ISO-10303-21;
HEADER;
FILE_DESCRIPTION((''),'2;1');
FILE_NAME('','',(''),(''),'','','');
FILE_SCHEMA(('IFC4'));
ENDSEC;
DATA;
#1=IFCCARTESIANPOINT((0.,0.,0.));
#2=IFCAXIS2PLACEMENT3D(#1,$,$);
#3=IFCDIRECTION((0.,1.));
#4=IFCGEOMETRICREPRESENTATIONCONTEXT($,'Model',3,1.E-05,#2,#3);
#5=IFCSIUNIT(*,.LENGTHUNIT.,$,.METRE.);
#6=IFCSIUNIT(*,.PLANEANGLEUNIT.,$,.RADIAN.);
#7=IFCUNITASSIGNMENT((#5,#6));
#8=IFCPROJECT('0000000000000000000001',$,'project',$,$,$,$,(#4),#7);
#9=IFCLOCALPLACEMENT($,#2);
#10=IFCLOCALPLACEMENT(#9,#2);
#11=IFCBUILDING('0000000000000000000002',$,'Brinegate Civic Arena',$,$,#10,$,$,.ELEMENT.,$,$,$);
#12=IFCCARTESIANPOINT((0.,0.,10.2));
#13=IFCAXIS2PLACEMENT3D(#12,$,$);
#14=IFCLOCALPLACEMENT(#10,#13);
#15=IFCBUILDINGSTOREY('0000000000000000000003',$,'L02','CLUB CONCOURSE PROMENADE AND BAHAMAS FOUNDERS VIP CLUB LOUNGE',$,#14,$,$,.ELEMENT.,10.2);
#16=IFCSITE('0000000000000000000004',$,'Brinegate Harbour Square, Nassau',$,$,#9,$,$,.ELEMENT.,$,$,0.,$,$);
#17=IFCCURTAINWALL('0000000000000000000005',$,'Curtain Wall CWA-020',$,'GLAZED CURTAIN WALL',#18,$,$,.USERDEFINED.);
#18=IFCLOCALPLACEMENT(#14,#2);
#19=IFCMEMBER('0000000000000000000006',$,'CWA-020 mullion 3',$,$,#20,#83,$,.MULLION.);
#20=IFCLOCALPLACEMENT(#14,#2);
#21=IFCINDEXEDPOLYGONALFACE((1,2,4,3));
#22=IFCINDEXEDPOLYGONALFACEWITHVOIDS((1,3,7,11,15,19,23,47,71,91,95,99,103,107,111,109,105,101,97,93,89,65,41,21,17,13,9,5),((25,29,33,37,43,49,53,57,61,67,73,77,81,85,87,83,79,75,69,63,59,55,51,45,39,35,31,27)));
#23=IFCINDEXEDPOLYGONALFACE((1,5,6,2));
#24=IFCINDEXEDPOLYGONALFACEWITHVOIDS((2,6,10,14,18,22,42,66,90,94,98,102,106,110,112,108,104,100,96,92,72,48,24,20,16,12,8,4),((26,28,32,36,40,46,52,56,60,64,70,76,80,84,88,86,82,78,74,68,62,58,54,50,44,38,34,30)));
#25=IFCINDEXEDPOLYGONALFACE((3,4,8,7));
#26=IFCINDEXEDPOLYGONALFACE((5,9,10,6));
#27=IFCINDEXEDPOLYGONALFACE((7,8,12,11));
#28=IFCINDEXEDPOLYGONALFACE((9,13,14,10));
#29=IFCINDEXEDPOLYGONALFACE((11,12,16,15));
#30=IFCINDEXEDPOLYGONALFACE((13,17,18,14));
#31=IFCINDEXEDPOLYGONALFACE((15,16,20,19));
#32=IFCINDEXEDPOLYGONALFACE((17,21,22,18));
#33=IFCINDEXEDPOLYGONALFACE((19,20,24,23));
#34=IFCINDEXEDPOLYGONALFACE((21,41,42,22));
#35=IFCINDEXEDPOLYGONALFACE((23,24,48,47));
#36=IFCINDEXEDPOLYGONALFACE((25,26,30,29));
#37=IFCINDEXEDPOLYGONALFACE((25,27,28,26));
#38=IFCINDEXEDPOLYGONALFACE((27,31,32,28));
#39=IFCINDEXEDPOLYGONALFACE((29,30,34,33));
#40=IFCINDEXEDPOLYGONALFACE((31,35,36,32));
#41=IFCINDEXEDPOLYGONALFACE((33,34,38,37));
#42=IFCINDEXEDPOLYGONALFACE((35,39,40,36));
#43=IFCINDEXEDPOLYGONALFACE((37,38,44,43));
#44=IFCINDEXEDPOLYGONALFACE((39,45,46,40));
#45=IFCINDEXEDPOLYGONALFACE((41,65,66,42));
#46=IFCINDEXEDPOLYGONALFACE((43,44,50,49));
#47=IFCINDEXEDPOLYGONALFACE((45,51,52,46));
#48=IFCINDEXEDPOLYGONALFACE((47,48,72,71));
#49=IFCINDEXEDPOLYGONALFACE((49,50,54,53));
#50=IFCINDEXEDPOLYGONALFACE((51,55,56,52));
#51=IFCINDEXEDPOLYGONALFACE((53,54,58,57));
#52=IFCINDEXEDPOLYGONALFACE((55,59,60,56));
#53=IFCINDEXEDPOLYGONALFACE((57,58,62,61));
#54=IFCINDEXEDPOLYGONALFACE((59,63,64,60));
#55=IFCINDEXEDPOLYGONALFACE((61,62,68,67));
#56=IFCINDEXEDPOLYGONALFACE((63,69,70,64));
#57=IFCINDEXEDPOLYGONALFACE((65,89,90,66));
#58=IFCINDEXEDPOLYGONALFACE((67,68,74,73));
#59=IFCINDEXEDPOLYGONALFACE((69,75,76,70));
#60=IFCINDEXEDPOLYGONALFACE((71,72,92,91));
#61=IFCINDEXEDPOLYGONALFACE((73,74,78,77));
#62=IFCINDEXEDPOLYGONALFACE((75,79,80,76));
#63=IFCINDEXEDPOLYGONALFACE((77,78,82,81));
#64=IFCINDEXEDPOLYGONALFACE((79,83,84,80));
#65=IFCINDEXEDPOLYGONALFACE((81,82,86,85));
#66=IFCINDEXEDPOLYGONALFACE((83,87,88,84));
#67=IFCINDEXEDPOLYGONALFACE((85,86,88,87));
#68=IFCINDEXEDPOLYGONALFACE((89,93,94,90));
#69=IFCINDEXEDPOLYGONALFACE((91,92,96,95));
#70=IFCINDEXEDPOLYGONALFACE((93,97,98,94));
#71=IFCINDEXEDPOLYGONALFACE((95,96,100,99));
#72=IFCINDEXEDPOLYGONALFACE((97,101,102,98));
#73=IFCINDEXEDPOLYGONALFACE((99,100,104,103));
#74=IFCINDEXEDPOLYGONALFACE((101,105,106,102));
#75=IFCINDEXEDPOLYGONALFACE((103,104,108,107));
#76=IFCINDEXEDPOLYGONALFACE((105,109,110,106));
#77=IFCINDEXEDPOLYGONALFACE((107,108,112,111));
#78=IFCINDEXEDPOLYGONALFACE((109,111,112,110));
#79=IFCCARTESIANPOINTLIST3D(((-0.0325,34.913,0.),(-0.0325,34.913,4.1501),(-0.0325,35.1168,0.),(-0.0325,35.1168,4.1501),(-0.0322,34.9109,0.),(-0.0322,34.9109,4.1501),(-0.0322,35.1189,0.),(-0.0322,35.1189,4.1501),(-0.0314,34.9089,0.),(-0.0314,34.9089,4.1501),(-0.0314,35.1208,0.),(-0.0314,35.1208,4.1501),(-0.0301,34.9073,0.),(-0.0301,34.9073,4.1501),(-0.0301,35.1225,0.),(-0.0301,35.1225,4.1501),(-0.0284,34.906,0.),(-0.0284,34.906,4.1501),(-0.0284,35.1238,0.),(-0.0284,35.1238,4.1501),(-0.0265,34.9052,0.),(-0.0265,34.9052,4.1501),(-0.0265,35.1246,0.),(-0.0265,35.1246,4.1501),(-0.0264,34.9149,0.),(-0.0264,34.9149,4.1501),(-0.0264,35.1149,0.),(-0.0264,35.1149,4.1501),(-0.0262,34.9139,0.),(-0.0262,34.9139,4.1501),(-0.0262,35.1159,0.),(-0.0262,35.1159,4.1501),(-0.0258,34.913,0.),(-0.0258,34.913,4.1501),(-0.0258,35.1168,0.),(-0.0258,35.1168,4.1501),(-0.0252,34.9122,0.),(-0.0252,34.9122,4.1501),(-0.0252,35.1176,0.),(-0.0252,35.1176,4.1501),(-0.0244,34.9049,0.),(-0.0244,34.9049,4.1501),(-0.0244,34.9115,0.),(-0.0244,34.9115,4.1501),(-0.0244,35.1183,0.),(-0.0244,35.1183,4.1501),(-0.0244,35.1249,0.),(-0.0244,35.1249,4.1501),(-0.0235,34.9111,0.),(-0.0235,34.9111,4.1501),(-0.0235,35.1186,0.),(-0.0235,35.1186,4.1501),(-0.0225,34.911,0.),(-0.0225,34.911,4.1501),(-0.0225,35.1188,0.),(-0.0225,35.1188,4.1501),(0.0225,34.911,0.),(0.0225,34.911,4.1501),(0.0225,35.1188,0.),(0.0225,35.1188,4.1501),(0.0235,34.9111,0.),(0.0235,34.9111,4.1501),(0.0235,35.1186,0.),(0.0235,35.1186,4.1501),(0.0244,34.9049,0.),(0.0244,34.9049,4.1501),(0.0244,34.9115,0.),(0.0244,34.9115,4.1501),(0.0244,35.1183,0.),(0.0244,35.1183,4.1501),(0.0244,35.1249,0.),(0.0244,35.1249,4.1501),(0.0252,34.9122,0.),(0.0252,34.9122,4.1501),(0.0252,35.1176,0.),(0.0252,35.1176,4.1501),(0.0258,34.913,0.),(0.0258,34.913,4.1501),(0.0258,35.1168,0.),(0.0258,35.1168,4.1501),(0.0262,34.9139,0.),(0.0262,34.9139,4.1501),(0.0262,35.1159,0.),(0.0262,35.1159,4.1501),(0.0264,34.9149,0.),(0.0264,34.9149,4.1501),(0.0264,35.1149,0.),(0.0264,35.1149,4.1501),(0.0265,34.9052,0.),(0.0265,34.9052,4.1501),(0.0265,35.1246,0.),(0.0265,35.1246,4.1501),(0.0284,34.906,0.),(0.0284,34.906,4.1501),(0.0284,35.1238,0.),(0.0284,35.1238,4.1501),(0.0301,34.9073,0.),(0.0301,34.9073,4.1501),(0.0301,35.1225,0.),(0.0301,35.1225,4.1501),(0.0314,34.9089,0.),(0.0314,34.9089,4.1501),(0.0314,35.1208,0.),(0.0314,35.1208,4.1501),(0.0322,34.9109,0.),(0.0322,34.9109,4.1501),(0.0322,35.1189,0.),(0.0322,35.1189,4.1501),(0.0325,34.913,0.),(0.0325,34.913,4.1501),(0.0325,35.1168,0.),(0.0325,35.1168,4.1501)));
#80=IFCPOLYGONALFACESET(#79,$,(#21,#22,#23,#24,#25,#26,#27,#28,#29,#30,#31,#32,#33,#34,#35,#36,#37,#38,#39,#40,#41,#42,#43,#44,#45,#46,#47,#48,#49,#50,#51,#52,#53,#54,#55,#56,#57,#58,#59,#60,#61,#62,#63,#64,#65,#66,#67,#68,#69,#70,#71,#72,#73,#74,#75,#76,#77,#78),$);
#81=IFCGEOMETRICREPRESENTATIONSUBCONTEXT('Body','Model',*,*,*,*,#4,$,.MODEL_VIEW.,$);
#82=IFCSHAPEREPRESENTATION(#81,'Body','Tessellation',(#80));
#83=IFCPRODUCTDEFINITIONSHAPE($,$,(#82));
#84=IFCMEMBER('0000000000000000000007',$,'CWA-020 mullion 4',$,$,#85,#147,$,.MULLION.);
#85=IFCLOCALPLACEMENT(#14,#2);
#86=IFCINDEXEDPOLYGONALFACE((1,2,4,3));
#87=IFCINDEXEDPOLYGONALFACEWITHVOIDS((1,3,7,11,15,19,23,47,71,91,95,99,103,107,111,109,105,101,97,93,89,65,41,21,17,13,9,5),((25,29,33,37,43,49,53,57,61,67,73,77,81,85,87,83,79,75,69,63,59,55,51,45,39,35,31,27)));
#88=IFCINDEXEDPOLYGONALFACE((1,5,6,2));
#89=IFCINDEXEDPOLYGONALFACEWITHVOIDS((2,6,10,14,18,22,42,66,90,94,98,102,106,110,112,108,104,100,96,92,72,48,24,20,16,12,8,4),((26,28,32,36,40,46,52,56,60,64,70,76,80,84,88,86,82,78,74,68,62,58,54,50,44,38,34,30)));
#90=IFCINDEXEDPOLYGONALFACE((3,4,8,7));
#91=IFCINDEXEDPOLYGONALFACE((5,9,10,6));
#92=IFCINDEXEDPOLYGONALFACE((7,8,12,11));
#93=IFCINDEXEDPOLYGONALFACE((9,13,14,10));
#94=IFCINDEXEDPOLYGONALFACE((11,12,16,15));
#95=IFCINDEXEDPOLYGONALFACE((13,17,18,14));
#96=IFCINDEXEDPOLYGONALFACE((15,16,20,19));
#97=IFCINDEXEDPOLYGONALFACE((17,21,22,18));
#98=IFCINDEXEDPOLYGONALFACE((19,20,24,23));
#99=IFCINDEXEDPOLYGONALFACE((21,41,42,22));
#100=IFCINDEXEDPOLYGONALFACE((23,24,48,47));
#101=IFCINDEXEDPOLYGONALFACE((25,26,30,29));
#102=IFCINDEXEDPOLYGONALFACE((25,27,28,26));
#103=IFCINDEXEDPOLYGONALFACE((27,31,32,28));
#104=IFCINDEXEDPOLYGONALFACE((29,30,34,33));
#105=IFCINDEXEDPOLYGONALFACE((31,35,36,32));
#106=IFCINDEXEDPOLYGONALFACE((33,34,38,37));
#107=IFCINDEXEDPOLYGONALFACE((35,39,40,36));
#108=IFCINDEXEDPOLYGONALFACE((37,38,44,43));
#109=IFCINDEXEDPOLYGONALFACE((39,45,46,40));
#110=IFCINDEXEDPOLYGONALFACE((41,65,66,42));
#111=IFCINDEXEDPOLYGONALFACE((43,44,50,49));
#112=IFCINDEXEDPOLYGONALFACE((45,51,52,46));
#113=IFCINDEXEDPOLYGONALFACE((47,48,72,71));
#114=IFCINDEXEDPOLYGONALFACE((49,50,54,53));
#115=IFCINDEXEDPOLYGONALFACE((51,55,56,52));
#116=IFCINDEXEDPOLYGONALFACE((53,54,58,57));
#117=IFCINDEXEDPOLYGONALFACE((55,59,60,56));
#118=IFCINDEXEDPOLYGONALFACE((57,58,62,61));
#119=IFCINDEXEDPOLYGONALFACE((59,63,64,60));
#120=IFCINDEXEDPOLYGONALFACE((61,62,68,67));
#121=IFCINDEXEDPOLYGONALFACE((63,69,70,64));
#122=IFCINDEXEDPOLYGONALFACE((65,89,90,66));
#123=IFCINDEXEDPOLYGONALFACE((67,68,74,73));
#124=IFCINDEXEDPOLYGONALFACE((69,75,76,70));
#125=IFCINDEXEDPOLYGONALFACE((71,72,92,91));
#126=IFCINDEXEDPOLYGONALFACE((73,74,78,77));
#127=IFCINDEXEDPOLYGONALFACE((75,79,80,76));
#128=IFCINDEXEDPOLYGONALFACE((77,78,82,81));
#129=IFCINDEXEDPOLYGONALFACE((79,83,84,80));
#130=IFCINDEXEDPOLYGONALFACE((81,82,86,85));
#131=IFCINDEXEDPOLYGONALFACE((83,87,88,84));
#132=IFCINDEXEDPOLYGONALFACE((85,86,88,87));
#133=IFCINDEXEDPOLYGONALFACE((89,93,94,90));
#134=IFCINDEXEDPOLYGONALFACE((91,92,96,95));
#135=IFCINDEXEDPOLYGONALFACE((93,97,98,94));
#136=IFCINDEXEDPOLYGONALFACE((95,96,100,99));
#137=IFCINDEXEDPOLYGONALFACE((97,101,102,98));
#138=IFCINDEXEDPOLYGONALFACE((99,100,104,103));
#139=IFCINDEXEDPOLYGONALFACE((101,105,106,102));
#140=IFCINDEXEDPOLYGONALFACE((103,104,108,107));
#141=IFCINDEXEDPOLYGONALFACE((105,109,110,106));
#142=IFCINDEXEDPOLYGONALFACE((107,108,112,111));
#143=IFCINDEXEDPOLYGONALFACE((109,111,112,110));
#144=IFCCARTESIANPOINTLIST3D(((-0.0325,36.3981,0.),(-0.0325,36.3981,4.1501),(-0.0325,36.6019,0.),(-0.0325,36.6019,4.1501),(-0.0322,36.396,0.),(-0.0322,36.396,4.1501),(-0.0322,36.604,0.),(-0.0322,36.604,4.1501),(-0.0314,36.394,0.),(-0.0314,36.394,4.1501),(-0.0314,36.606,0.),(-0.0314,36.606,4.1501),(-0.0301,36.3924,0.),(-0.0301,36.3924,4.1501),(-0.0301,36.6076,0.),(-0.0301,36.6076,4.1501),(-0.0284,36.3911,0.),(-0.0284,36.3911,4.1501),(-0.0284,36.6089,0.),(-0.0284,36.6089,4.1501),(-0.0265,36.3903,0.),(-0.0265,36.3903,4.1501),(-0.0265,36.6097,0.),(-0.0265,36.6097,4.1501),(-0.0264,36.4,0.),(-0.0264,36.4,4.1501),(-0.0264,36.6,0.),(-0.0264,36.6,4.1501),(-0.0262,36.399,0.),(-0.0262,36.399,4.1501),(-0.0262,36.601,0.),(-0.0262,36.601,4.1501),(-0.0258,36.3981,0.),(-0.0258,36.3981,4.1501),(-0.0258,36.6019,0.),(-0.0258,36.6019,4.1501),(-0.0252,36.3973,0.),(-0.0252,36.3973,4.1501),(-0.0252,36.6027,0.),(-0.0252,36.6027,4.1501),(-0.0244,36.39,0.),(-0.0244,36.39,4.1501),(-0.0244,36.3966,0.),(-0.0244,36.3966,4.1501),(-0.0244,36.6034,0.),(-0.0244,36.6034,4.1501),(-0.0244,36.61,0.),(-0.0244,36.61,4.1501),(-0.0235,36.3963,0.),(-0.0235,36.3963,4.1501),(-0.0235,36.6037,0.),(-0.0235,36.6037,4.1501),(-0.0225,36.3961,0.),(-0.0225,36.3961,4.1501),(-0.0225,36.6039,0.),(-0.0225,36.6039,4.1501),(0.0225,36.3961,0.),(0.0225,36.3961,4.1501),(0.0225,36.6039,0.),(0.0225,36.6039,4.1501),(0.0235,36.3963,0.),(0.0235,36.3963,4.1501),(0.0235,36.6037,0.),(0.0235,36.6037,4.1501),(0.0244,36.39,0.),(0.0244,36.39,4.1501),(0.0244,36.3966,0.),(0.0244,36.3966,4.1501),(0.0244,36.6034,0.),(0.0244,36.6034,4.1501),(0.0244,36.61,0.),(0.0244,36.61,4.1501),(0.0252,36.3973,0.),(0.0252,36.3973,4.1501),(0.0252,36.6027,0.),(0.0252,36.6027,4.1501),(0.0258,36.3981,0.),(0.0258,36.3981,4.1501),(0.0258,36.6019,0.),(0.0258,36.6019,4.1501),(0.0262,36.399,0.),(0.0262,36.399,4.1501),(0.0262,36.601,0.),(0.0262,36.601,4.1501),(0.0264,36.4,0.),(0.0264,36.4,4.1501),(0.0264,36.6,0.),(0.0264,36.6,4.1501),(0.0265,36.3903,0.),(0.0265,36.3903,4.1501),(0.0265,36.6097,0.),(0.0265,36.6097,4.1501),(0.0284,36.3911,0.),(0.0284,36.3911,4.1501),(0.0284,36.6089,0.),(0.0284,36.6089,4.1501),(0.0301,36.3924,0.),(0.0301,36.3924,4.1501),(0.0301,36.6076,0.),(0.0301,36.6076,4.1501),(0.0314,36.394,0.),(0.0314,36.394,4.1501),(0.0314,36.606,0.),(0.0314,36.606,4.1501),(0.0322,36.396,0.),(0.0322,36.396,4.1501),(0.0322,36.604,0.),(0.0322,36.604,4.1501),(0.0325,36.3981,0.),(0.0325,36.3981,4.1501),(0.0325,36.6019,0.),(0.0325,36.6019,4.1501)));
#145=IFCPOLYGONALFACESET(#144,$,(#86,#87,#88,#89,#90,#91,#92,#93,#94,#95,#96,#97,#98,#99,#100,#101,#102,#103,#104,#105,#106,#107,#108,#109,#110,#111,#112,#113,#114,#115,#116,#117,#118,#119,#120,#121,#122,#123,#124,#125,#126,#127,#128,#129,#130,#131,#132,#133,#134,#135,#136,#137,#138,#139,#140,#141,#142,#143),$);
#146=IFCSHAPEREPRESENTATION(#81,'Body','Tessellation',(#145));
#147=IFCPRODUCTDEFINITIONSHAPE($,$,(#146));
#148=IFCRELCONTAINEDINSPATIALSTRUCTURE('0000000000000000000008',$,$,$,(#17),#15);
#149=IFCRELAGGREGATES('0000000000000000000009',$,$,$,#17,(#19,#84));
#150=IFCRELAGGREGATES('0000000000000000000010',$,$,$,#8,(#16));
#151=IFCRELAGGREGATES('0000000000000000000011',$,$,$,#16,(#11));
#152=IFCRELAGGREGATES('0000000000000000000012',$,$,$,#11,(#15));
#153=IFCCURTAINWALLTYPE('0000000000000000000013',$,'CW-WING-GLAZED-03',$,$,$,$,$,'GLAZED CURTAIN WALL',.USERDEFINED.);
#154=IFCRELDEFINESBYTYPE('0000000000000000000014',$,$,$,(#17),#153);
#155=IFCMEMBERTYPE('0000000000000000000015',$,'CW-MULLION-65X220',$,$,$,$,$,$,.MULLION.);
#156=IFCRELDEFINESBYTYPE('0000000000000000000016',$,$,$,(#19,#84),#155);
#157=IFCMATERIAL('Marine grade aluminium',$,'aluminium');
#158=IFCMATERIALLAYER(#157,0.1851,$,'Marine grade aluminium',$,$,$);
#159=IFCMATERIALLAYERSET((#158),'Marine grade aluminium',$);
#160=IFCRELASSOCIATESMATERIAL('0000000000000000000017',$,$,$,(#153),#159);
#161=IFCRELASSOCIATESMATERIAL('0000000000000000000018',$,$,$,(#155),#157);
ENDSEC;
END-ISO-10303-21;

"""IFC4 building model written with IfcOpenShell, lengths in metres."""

from ifc_helpers import new_model, si_unit, direction, frame, origin, origin_2d, place, context, subcontext, project, spatial, hollow_rectangle, extrude, material, layer, layer_set, material_profile, profile_set, type_object, element, aggregate, save


model = new_model("IFC4")

# Units and contexts
model_context = context("Model", 3, precision=1e-05, world=origin(), true_north=direction((0.0, 1.0)))
body_context = subcontext(model_context, "Body", "Model", "MODEL_VIEW")
ifc_project = project(units=[si_unit("LENGTHUNIT", "METRE"), si_unit("PLANEANGLEUNIT", "RADIAN")], contexts=[model_context])

# Site, building, storey
site_placement = place(None, origin())
site = spatial("IfcSite", under=ifc_project, at=site_placement, Name="Brinegate Harbour Square, Nassau", CompositionType="ELEMENT", RefElevation=0.0)
building_placement = place(site_placement, origin())
building = spatial("IfcBuilding", under=site, at=building_placement, Name="Brinegate Civic Arena", CompositionType="ELEMENT")
storey_placement = place(building_placement, frame((0.0, 0.0, 10.2)))
storey = spatial("IfcBuildingStorey", under=building, at=storey_placement, Name="L02", Description="CLUB CONCOURSE PROMENADE AND BAHAMAS FOUNDERS VIP CLUB LOUNGE", CompositionType="ELEMENT", Elevation=10.2)

# Curtain wall, members
ifc_material_1 = material(Name="Marine grade aluminium", Category="aluminium")
ifc_layer_1 = layer(ifc_material_1, 0.1851, Name="Marine grade aluminium")
ifc_layer_set_1 = layer_set([ifc_layer_1], Name="Marine grade aluminium")
curtain_wall_type = type_object("IfcCurtainWallType", Name="CW-WING-GLAZED-03", ElementType="GLAZED CURTAIN WALL", PredefinedType="USERDEFINED", material=ifc_layer_set_1)
curtain_wall_placement = place(storey_placement, origin())
curtain_wall = element("IfcCurtainWall", 1, at=curtain_wall_placement, inside=storey, type_object=curtain_wall_type, Name="Curtain Wall CWA-020", ObjectType="GLAZED CURTAIN WALL", PredefinedType="USERDEFINED")
ifc_material_profile_1 = material_profile(ifc_material_1, hollow_rectangle(XDim=0.0649, YDim=0.22, WallThickness=0.0061, InnerFilletRadius=0.0039, OuterFilletRadius=0.0081, at=origin_2d()), Name="MUL65X220")
ifc_profile_set_1 = profile_set([ifc_material_profile_1], Name="Marine grade aluminium")
member_type_1 = type_object("IfcMemberType", Name="CW-MULLION-65X220", PredefinedType="MULLION", material=ifc_profile_set_1)
member_1_placement = place(storey_placement, frame((0.0, 35.0149, 0.0), z_axis=(0.0, 0.0, 1.0), x_axis=(-1.0, 0.0, 0.0)))
member_1 = element("IfcMember", 2, at=member_1_placement, type_object=member_type_1, Name="CWA-020 mullion 3", PredefinedType="MULLION", context=body_context, shape_type="SweptSolid", body=[
    extrude(hollow_rectangle(XDim=0.0649, YDim=0.22, WallThickness=0.0061, InnerFilletRadius=0.0039, OuterFilletRadius=0.0081, at=origin_2d()), origin(), (0.0, 0.0, 1.0), 4.1501),
])
member_2_placement = place(storey_placement, frame((0.0, 36.5, 0.0), z_axis=(0.0, 0.0, 1.0), x_axis=(-1.0, 0.0, 0.0)))
member_2 = element("IfcMember", 3, at=member_2_placement, type_object=member_type_1, Name="CWA-020 mullion 4", PredefinedType="MULLION", context=body_context, shape_type="SweptSolid", body=[
    extrude(hollow_rectangle(XDim=0.0649, YDim=0.22, WallThickness=0.0061, InnerFilletRadius=0.0039, OuterFilletRadius=0.0081, at=origin_2d()), origin(), (0.0, 0.0, 1.0), 4.1501),
])

aggregate(curtain_wall, [member_1, member_2])

save(model, "model.ifc")
